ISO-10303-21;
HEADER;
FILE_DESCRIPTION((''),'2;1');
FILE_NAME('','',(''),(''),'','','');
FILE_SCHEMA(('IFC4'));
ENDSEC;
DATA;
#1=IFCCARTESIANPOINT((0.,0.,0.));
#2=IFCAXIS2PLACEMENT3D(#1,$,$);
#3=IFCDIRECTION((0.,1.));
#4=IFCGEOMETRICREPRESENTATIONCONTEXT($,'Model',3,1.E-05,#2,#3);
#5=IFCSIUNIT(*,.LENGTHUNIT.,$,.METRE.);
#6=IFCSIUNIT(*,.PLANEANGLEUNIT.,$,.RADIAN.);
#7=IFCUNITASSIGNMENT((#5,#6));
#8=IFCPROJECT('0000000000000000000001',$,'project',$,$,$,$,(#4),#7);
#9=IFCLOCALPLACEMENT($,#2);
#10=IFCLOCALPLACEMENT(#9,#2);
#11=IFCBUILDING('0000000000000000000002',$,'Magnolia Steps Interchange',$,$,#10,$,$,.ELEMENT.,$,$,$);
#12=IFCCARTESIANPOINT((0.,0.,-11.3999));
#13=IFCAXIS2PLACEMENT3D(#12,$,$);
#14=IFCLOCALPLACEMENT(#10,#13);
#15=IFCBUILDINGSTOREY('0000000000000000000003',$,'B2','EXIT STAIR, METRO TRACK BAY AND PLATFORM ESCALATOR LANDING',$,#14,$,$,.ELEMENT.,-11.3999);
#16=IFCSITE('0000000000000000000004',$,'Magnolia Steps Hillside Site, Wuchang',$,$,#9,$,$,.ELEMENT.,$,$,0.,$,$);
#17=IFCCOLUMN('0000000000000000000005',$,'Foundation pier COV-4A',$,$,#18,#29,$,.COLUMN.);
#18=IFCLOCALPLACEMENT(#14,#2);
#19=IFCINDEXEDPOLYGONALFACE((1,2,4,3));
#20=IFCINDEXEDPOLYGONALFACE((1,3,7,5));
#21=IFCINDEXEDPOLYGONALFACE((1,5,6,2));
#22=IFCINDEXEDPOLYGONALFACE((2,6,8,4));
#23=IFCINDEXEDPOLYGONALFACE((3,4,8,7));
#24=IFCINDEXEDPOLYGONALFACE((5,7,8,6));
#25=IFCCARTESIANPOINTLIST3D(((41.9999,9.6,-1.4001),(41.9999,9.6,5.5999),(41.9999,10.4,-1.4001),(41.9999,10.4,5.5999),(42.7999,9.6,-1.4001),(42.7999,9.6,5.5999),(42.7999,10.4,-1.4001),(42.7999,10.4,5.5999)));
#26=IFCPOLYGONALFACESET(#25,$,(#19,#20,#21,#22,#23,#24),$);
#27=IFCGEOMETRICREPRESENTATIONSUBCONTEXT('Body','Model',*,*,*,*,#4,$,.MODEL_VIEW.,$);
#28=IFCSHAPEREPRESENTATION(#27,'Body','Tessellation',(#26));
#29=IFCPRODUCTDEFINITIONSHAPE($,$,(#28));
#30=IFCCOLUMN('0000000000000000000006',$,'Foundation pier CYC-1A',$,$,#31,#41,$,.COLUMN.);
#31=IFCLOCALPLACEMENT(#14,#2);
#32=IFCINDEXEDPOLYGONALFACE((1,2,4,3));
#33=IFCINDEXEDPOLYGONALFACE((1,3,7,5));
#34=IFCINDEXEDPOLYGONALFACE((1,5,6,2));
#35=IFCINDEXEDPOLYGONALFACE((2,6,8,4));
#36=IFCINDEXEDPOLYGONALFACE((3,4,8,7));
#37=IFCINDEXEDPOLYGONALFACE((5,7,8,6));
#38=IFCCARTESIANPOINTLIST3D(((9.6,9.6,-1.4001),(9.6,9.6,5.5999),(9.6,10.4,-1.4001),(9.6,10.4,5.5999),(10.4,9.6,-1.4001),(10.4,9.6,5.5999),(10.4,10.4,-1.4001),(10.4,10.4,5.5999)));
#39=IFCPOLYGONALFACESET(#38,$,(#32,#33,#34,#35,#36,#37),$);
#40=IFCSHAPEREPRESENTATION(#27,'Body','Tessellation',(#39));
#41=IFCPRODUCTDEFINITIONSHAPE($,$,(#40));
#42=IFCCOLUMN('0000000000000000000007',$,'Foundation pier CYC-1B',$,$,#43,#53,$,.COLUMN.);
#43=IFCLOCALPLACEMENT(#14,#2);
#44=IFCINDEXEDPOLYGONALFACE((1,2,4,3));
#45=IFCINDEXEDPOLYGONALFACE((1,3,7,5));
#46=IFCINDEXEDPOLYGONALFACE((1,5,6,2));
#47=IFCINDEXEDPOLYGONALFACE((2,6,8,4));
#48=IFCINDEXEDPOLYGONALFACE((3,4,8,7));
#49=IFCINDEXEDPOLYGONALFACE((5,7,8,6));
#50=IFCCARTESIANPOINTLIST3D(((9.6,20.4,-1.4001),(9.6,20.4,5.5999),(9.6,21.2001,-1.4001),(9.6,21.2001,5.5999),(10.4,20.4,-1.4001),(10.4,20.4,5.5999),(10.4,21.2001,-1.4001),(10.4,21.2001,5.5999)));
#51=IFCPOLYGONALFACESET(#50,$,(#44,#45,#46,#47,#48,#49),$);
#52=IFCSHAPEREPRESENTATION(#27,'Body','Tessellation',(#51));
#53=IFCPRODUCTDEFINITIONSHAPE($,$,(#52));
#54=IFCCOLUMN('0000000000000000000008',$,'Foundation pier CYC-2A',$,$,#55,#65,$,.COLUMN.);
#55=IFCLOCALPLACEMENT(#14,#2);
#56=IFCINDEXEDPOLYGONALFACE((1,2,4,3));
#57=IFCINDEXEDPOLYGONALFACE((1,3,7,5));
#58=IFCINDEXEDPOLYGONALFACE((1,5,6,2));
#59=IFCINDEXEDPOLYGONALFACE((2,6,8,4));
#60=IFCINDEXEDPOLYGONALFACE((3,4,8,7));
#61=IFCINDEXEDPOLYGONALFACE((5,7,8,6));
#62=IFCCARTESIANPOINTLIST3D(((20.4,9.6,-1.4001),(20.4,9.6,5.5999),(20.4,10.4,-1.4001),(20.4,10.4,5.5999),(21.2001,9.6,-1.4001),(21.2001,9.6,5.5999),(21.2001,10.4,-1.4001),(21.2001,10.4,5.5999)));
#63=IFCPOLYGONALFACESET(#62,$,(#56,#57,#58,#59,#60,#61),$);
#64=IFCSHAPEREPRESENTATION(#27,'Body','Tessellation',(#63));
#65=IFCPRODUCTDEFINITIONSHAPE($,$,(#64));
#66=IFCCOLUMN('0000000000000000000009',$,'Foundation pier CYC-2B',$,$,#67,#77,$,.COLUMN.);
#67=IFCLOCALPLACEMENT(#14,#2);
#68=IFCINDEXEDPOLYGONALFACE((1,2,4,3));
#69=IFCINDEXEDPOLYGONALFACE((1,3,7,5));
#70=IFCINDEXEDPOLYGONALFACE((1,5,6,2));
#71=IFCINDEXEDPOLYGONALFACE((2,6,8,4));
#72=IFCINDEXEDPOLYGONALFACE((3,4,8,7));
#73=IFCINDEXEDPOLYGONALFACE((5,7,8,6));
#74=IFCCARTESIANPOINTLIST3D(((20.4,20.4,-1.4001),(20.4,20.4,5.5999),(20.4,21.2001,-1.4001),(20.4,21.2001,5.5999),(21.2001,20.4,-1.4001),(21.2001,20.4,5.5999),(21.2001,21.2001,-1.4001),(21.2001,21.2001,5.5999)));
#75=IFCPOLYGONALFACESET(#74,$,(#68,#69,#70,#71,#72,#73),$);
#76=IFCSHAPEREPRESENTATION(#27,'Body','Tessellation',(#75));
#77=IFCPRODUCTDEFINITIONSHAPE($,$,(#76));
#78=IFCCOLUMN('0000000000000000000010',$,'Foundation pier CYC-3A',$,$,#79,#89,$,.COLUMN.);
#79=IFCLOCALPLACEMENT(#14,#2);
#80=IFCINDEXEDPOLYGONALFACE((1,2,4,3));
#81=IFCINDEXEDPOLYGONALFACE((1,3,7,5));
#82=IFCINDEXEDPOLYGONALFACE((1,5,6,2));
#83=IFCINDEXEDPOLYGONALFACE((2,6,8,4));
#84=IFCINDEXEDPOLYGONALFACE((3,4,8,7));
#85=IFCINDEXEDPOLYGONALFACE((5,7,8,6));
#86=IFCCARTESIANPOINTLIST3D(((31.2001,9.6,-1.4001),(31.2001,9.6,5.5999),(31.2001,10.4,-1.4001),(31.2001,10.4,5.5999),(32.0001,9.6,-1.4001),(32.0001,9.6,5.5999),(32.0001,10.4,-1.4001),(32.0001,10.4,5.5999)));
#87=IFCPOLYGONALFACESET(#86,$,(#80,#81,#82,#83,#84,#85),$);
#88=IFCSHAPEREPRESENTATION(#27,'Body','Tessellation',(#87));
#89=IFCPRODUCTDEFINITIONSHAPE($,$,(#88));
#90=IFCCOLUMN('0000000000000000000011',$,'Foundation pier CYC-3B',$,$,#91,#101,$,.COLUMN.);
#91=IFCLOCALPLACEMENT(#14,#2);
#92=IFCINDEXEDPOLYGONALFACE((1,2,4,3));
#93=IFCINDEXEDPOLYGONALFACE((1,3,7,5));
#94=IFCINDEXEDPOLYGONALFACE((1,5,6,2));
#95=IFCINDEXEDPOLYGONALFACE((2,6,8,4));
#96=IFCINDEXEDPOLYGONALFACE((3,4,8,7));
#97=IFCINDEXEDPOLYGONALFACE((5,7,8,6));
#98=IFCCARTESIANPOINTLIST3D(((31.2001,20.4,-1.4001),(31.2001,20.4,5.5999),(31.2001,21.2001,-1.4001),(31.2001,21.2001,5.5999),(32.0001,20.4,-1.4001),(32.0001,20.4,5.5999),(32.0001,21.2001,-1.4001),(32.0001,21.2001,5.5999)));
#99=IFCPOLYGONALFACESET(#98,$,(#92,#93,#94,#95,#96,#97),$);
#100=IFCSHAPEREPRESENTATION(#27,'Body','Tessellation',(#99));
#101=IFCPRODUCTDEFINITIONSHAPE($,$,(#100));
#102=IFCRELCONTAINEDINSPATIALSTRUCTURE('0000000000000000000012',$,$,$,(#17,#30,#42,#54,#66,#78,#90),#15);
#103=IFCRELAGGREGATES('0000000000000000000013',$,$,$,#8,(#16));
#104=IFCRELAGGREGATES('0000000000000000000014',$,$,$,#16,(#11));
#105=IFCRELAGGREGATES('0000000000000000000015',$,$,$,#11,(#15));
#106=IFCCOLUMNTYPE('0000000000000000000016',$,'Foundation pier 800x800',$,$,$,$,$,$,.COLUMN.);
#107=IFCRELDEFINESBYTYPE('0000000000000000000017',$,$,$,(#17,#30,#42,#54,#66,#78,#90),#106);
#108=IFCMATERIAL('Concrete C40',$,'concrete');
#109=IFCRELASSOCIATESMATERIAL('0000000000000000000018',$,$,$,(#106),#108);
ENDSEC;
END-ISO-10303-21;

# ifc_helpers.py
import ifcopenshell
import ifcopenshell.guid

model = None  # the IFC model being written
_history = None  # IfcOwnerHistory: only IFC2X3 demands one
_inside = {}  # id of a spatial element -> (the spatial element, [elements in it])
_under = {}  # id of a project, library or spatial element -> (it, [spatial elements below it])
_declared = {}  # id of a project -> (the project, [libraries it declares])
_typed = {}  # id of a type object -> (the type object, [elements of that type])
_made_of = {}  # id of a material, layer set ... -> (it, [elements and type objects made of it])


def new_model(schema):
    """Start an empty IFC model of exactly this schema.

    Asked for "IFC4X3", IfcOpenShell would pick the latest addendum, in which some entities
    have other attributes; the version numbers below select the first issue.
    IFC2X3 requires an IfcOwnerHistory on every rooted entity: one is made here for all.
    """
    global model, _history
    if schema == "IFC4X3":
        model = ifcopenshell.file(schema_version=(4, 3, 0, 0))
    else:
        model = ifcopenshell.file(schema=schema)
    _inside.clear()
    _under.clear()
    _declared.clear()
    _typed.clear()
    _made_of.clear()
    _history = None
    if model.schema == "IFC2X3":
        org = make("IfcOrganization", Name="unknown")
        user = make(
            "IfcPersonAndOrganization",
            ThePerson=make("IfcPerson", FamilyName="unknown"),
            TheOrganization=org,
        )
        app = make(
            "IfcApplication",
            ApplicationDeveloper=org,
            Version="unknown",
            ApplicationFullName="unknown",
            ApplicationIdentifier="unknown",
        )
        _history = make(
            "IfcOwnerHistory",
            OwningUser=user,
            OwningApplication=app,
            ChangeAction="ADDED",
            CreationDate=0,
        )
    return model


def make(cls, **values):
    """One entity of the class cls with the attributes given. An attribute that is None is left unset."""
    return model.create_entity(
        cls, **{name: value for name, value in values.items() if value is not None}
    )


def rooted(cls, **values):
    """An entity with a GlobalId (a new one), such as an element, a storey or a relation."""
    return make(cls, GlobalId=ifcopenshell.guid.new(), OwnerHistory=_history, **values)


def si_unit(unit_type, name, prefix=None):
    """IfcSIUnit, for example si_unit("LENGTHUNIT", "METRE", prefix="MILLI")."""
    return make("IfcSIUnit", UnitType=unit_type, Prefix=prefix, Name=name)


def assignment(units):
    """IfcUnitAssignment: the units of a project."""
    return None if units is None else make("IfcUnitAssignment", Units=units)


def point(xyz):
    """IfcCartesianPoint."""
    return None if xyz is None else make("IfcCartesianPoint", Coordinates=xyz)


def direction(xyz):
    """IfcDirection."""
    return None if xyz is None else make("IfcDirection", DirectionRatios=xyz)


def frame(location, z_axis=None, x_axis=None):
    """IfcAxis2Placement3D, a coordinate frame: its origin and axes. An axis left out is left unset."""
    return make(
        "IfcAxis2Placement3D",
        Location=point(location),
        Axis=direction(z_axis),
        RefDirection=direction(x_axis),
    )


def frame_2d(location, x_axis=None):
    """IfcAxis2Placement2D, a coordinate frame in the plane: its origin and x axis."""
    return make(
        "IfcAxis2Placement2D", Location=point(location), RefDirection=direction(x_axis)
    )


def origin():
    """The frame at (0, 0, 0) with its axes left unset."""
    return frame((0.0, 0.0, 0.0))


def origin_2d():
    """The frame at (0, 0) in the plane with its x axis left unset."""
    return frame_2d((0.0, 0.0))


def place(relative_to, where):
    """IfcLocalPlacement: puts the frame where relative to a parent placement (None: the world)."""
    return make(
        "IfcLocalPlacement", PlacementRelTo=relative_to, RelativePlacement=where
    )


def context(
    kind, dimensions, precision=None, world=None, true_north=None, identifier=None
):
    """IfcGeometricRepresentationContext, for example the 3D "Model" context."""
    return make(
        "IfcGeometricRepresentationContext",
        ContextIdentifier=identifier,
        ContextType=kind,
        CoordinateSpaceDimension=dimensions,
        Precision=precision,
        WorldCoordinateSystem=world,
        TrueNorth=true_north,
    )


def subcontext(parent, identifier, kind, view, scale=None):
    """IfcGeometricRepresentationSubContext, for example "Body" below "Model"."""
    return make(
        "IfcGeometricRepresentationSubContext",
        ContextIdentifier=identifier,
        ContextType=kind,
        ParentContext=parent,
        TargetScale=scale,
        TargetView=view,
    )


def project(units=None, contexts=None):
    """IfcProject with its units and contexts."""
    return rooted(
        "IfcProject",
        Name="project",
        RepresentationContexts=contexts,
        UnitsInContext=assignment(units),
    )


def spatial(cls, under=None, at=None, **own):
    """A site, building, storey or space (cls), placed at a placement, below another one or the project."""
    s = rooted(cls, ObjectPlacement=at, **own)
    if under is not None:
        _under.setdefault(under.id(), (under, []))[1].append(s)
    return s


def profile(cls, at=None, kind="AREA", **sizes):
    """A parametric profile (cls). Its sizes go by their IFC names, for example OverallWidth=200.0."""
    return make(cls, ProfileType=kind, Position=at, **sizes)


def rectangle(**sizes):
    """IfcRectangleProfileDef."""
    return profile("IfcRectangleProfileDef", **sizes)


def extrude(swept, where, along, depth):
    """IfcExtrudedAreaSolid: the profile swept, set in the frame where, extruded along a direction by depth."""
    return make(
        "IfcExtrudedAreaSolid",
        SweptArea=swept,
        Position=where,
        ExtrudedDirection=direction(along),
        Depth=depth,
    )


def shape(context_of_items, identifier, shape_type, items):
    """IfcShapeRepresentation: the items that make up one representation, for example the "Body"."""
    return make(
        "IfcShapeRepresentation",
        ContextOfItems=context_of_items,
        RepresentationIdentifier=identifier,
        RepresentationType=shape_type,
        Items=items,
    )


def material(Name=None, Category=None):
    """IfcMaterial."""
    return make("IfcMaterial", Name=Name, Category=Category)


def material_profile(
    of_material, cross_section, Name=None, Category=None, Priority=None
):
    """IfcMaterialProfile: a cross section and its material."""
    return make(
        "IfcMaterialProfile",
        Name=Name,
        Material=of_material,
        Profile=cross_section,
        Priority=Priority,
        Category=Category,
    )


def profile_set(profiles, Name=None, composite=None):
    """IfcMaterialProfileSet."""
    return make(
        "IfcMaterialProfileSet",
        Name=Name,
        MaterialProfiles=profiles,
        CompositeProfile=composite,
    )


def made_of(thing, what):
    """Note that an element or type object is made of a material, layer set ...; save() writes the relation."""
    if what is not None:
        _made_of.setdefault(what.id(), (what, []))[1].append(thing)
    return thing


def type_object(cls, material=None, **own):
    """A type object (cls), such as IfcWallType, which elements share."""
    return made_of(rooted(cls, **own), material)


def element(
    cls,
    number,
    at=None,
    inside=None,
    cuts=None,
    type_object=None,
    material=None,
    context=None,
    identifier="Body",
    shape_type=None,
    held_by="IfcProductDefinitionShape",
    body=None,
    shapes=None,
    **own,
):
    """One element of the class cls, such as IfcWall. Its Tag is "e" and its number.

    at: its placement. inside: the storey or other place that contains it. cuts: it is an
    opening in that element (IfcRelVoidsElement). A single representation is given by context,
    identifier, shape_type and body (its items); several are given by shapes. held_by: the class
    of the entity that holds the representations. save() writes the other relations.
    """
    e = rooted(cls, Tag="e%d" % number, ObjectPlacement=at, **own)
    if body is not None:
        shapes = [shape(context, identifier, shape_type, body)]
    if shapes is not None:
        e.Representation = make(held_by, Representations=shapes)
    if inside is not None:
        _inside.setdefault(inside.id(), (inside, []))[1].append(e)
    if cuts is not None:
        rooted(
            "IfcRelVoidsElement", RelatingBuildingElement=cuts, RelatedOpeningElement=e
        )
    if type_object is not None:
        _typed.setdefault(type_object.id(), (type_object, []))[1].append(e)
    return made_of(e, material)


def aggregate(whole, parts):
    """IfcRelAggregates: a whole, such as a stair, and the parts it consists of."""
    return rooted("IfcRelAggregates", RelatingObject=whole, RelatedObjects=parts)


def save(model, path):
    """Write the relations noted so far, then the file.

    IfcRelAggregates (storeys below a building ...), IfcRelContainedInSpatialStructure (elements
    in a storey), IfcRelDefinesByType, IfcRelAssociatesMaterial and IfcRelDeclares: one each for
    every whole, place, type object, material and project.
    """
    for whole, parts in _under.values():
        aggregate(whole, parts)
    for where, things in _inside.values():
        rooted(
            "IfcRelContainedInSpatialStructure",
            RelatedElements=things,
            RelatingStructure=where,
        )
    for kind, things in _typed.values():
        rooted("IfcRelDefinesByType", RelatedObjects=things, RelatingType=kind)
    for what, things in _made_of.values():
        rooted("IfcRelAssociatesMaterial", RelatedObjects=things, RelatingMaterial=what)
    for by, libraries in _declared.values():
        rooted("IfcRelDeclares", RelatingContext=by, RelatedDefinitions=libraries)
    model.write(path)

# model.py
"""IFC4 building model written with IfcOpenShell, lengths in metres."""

from ifc_helpers import new_model, si_unit, direction, frame, origin, origin_2d, place, context, subcontext, project, spatial, rectangle, extrude, material, material_profile, profile_set, type_object, element, save


model = new_model("IFC4")

# Units and contexts
model_context = context("Model", 3, precision=1e-05, world=origin(), true_north=direction((0.0, 1.0)))
body_context = subcontext(model_context, "Body", "Model", "MODEL_VIEW")
ifc_project = project(units=[si_unit("LENGTHUNIT", "METRE"), si_unit("PLANEANGLEUNIT", "RADIAN")], contexts=[model_context])

# Site, building, storey
site_placement = place(None, origin())
site = spatial("IfcSite", under=ifc_project, at=site_placement, Name="Magnolia Steps Hillside Site, Wuchang", CompositionType="ELEMENT", RefElevation=0.0)
building_placement = place(site_placement, origin())
building = spatial("IfcBuilding", under=site, at=building_placement, Name="Magnolia Steps Interchange", CompositionType="ELEMENT")
storey_placement = place(building_placement, frame((0.0, 0.0, -11.3999)))
storey = spatial("IfcBuildingStorey", under=building, at=storey_placement, Name="B2", Description="EXIT STAIR, METRO TRACK BAY AND PLATFORM ESCALATOR LANDING", CompositionType="ELEMENT", Elevation=-11.3999)

# Columns
ifc_material_1 = material(Name="Concrete C40", Category="concrete")
ifc_material_profile_1 = material_profile(ifc_material_1, rectangle(XDim=0.8, YDim=0.8, at=origin_2d()), Name="RC800x800")
ifc_profile_set_1 = profile_set([ifc_material_profile_1], Name="Concrete C40")
column_type = type_object("IfcColumnType", Name="Foundation pier 800x800", PredefinedType="COLUMN", material=ifc_profile_set_1)
for number, where, z_axis, x_axis, name in (
    (1, (42.3999, 10.0, -1.4001), (0.0, 0.0, 1.0), (1.0, 0.0, 0.0), "Foundation pier COV-4A"),
    (2, (10.0, 10.0, -1.4001), (0.0, 0.0, 1.0), (1.0, 0.0, 0.0), "Foundation pier CYC-1A"),
    (3, (10.0, 20.8, -1.4001), (0.0, 0.0, 1.0), (1.0, 0.0, 0.0), "Foundation pier CYC-1B"),
    (4, (20.8, 10.0, -1.4001), (0.0, 0.0, 1.0), (1.0, 0.0, 0.0), "Foundation pier CYC-2A"),
    (5, (20.8, 20.8, -1.4001), (0.0, 0.0, 1.0), (1.0, 0.0, 0.0), "Foundation pier CYC-2B"),
    (6, (31.6001, 10.0, -1.4001), (0.0, 0.0, 1.0), (1.0, 0.0, 0.0), "Foundation pier CYC-3A"),
    (7, (31.6001, 20.8, -1.4001), (0.0, 0.0, 1.0), (1.0, 0.0, 0.0), "Foundation pier CYC-3B"),
):
    element("IfcColumn", number, at=place(storey_placement, frame(where, z_axis=z_axis, x_axis=x_axis)), inside=storey, type_object=column_type, Name=name, PredefinedType="COLUMN", context=body_context, shape_type="SweptSolid", body=[
        extrude(rectangle(XDim=0.8, YDim=0.8, at=origin_2d()), origin(), (0.0, 0.0, 1.0), 7.0),
    ])

save(model, "model.ifc")
